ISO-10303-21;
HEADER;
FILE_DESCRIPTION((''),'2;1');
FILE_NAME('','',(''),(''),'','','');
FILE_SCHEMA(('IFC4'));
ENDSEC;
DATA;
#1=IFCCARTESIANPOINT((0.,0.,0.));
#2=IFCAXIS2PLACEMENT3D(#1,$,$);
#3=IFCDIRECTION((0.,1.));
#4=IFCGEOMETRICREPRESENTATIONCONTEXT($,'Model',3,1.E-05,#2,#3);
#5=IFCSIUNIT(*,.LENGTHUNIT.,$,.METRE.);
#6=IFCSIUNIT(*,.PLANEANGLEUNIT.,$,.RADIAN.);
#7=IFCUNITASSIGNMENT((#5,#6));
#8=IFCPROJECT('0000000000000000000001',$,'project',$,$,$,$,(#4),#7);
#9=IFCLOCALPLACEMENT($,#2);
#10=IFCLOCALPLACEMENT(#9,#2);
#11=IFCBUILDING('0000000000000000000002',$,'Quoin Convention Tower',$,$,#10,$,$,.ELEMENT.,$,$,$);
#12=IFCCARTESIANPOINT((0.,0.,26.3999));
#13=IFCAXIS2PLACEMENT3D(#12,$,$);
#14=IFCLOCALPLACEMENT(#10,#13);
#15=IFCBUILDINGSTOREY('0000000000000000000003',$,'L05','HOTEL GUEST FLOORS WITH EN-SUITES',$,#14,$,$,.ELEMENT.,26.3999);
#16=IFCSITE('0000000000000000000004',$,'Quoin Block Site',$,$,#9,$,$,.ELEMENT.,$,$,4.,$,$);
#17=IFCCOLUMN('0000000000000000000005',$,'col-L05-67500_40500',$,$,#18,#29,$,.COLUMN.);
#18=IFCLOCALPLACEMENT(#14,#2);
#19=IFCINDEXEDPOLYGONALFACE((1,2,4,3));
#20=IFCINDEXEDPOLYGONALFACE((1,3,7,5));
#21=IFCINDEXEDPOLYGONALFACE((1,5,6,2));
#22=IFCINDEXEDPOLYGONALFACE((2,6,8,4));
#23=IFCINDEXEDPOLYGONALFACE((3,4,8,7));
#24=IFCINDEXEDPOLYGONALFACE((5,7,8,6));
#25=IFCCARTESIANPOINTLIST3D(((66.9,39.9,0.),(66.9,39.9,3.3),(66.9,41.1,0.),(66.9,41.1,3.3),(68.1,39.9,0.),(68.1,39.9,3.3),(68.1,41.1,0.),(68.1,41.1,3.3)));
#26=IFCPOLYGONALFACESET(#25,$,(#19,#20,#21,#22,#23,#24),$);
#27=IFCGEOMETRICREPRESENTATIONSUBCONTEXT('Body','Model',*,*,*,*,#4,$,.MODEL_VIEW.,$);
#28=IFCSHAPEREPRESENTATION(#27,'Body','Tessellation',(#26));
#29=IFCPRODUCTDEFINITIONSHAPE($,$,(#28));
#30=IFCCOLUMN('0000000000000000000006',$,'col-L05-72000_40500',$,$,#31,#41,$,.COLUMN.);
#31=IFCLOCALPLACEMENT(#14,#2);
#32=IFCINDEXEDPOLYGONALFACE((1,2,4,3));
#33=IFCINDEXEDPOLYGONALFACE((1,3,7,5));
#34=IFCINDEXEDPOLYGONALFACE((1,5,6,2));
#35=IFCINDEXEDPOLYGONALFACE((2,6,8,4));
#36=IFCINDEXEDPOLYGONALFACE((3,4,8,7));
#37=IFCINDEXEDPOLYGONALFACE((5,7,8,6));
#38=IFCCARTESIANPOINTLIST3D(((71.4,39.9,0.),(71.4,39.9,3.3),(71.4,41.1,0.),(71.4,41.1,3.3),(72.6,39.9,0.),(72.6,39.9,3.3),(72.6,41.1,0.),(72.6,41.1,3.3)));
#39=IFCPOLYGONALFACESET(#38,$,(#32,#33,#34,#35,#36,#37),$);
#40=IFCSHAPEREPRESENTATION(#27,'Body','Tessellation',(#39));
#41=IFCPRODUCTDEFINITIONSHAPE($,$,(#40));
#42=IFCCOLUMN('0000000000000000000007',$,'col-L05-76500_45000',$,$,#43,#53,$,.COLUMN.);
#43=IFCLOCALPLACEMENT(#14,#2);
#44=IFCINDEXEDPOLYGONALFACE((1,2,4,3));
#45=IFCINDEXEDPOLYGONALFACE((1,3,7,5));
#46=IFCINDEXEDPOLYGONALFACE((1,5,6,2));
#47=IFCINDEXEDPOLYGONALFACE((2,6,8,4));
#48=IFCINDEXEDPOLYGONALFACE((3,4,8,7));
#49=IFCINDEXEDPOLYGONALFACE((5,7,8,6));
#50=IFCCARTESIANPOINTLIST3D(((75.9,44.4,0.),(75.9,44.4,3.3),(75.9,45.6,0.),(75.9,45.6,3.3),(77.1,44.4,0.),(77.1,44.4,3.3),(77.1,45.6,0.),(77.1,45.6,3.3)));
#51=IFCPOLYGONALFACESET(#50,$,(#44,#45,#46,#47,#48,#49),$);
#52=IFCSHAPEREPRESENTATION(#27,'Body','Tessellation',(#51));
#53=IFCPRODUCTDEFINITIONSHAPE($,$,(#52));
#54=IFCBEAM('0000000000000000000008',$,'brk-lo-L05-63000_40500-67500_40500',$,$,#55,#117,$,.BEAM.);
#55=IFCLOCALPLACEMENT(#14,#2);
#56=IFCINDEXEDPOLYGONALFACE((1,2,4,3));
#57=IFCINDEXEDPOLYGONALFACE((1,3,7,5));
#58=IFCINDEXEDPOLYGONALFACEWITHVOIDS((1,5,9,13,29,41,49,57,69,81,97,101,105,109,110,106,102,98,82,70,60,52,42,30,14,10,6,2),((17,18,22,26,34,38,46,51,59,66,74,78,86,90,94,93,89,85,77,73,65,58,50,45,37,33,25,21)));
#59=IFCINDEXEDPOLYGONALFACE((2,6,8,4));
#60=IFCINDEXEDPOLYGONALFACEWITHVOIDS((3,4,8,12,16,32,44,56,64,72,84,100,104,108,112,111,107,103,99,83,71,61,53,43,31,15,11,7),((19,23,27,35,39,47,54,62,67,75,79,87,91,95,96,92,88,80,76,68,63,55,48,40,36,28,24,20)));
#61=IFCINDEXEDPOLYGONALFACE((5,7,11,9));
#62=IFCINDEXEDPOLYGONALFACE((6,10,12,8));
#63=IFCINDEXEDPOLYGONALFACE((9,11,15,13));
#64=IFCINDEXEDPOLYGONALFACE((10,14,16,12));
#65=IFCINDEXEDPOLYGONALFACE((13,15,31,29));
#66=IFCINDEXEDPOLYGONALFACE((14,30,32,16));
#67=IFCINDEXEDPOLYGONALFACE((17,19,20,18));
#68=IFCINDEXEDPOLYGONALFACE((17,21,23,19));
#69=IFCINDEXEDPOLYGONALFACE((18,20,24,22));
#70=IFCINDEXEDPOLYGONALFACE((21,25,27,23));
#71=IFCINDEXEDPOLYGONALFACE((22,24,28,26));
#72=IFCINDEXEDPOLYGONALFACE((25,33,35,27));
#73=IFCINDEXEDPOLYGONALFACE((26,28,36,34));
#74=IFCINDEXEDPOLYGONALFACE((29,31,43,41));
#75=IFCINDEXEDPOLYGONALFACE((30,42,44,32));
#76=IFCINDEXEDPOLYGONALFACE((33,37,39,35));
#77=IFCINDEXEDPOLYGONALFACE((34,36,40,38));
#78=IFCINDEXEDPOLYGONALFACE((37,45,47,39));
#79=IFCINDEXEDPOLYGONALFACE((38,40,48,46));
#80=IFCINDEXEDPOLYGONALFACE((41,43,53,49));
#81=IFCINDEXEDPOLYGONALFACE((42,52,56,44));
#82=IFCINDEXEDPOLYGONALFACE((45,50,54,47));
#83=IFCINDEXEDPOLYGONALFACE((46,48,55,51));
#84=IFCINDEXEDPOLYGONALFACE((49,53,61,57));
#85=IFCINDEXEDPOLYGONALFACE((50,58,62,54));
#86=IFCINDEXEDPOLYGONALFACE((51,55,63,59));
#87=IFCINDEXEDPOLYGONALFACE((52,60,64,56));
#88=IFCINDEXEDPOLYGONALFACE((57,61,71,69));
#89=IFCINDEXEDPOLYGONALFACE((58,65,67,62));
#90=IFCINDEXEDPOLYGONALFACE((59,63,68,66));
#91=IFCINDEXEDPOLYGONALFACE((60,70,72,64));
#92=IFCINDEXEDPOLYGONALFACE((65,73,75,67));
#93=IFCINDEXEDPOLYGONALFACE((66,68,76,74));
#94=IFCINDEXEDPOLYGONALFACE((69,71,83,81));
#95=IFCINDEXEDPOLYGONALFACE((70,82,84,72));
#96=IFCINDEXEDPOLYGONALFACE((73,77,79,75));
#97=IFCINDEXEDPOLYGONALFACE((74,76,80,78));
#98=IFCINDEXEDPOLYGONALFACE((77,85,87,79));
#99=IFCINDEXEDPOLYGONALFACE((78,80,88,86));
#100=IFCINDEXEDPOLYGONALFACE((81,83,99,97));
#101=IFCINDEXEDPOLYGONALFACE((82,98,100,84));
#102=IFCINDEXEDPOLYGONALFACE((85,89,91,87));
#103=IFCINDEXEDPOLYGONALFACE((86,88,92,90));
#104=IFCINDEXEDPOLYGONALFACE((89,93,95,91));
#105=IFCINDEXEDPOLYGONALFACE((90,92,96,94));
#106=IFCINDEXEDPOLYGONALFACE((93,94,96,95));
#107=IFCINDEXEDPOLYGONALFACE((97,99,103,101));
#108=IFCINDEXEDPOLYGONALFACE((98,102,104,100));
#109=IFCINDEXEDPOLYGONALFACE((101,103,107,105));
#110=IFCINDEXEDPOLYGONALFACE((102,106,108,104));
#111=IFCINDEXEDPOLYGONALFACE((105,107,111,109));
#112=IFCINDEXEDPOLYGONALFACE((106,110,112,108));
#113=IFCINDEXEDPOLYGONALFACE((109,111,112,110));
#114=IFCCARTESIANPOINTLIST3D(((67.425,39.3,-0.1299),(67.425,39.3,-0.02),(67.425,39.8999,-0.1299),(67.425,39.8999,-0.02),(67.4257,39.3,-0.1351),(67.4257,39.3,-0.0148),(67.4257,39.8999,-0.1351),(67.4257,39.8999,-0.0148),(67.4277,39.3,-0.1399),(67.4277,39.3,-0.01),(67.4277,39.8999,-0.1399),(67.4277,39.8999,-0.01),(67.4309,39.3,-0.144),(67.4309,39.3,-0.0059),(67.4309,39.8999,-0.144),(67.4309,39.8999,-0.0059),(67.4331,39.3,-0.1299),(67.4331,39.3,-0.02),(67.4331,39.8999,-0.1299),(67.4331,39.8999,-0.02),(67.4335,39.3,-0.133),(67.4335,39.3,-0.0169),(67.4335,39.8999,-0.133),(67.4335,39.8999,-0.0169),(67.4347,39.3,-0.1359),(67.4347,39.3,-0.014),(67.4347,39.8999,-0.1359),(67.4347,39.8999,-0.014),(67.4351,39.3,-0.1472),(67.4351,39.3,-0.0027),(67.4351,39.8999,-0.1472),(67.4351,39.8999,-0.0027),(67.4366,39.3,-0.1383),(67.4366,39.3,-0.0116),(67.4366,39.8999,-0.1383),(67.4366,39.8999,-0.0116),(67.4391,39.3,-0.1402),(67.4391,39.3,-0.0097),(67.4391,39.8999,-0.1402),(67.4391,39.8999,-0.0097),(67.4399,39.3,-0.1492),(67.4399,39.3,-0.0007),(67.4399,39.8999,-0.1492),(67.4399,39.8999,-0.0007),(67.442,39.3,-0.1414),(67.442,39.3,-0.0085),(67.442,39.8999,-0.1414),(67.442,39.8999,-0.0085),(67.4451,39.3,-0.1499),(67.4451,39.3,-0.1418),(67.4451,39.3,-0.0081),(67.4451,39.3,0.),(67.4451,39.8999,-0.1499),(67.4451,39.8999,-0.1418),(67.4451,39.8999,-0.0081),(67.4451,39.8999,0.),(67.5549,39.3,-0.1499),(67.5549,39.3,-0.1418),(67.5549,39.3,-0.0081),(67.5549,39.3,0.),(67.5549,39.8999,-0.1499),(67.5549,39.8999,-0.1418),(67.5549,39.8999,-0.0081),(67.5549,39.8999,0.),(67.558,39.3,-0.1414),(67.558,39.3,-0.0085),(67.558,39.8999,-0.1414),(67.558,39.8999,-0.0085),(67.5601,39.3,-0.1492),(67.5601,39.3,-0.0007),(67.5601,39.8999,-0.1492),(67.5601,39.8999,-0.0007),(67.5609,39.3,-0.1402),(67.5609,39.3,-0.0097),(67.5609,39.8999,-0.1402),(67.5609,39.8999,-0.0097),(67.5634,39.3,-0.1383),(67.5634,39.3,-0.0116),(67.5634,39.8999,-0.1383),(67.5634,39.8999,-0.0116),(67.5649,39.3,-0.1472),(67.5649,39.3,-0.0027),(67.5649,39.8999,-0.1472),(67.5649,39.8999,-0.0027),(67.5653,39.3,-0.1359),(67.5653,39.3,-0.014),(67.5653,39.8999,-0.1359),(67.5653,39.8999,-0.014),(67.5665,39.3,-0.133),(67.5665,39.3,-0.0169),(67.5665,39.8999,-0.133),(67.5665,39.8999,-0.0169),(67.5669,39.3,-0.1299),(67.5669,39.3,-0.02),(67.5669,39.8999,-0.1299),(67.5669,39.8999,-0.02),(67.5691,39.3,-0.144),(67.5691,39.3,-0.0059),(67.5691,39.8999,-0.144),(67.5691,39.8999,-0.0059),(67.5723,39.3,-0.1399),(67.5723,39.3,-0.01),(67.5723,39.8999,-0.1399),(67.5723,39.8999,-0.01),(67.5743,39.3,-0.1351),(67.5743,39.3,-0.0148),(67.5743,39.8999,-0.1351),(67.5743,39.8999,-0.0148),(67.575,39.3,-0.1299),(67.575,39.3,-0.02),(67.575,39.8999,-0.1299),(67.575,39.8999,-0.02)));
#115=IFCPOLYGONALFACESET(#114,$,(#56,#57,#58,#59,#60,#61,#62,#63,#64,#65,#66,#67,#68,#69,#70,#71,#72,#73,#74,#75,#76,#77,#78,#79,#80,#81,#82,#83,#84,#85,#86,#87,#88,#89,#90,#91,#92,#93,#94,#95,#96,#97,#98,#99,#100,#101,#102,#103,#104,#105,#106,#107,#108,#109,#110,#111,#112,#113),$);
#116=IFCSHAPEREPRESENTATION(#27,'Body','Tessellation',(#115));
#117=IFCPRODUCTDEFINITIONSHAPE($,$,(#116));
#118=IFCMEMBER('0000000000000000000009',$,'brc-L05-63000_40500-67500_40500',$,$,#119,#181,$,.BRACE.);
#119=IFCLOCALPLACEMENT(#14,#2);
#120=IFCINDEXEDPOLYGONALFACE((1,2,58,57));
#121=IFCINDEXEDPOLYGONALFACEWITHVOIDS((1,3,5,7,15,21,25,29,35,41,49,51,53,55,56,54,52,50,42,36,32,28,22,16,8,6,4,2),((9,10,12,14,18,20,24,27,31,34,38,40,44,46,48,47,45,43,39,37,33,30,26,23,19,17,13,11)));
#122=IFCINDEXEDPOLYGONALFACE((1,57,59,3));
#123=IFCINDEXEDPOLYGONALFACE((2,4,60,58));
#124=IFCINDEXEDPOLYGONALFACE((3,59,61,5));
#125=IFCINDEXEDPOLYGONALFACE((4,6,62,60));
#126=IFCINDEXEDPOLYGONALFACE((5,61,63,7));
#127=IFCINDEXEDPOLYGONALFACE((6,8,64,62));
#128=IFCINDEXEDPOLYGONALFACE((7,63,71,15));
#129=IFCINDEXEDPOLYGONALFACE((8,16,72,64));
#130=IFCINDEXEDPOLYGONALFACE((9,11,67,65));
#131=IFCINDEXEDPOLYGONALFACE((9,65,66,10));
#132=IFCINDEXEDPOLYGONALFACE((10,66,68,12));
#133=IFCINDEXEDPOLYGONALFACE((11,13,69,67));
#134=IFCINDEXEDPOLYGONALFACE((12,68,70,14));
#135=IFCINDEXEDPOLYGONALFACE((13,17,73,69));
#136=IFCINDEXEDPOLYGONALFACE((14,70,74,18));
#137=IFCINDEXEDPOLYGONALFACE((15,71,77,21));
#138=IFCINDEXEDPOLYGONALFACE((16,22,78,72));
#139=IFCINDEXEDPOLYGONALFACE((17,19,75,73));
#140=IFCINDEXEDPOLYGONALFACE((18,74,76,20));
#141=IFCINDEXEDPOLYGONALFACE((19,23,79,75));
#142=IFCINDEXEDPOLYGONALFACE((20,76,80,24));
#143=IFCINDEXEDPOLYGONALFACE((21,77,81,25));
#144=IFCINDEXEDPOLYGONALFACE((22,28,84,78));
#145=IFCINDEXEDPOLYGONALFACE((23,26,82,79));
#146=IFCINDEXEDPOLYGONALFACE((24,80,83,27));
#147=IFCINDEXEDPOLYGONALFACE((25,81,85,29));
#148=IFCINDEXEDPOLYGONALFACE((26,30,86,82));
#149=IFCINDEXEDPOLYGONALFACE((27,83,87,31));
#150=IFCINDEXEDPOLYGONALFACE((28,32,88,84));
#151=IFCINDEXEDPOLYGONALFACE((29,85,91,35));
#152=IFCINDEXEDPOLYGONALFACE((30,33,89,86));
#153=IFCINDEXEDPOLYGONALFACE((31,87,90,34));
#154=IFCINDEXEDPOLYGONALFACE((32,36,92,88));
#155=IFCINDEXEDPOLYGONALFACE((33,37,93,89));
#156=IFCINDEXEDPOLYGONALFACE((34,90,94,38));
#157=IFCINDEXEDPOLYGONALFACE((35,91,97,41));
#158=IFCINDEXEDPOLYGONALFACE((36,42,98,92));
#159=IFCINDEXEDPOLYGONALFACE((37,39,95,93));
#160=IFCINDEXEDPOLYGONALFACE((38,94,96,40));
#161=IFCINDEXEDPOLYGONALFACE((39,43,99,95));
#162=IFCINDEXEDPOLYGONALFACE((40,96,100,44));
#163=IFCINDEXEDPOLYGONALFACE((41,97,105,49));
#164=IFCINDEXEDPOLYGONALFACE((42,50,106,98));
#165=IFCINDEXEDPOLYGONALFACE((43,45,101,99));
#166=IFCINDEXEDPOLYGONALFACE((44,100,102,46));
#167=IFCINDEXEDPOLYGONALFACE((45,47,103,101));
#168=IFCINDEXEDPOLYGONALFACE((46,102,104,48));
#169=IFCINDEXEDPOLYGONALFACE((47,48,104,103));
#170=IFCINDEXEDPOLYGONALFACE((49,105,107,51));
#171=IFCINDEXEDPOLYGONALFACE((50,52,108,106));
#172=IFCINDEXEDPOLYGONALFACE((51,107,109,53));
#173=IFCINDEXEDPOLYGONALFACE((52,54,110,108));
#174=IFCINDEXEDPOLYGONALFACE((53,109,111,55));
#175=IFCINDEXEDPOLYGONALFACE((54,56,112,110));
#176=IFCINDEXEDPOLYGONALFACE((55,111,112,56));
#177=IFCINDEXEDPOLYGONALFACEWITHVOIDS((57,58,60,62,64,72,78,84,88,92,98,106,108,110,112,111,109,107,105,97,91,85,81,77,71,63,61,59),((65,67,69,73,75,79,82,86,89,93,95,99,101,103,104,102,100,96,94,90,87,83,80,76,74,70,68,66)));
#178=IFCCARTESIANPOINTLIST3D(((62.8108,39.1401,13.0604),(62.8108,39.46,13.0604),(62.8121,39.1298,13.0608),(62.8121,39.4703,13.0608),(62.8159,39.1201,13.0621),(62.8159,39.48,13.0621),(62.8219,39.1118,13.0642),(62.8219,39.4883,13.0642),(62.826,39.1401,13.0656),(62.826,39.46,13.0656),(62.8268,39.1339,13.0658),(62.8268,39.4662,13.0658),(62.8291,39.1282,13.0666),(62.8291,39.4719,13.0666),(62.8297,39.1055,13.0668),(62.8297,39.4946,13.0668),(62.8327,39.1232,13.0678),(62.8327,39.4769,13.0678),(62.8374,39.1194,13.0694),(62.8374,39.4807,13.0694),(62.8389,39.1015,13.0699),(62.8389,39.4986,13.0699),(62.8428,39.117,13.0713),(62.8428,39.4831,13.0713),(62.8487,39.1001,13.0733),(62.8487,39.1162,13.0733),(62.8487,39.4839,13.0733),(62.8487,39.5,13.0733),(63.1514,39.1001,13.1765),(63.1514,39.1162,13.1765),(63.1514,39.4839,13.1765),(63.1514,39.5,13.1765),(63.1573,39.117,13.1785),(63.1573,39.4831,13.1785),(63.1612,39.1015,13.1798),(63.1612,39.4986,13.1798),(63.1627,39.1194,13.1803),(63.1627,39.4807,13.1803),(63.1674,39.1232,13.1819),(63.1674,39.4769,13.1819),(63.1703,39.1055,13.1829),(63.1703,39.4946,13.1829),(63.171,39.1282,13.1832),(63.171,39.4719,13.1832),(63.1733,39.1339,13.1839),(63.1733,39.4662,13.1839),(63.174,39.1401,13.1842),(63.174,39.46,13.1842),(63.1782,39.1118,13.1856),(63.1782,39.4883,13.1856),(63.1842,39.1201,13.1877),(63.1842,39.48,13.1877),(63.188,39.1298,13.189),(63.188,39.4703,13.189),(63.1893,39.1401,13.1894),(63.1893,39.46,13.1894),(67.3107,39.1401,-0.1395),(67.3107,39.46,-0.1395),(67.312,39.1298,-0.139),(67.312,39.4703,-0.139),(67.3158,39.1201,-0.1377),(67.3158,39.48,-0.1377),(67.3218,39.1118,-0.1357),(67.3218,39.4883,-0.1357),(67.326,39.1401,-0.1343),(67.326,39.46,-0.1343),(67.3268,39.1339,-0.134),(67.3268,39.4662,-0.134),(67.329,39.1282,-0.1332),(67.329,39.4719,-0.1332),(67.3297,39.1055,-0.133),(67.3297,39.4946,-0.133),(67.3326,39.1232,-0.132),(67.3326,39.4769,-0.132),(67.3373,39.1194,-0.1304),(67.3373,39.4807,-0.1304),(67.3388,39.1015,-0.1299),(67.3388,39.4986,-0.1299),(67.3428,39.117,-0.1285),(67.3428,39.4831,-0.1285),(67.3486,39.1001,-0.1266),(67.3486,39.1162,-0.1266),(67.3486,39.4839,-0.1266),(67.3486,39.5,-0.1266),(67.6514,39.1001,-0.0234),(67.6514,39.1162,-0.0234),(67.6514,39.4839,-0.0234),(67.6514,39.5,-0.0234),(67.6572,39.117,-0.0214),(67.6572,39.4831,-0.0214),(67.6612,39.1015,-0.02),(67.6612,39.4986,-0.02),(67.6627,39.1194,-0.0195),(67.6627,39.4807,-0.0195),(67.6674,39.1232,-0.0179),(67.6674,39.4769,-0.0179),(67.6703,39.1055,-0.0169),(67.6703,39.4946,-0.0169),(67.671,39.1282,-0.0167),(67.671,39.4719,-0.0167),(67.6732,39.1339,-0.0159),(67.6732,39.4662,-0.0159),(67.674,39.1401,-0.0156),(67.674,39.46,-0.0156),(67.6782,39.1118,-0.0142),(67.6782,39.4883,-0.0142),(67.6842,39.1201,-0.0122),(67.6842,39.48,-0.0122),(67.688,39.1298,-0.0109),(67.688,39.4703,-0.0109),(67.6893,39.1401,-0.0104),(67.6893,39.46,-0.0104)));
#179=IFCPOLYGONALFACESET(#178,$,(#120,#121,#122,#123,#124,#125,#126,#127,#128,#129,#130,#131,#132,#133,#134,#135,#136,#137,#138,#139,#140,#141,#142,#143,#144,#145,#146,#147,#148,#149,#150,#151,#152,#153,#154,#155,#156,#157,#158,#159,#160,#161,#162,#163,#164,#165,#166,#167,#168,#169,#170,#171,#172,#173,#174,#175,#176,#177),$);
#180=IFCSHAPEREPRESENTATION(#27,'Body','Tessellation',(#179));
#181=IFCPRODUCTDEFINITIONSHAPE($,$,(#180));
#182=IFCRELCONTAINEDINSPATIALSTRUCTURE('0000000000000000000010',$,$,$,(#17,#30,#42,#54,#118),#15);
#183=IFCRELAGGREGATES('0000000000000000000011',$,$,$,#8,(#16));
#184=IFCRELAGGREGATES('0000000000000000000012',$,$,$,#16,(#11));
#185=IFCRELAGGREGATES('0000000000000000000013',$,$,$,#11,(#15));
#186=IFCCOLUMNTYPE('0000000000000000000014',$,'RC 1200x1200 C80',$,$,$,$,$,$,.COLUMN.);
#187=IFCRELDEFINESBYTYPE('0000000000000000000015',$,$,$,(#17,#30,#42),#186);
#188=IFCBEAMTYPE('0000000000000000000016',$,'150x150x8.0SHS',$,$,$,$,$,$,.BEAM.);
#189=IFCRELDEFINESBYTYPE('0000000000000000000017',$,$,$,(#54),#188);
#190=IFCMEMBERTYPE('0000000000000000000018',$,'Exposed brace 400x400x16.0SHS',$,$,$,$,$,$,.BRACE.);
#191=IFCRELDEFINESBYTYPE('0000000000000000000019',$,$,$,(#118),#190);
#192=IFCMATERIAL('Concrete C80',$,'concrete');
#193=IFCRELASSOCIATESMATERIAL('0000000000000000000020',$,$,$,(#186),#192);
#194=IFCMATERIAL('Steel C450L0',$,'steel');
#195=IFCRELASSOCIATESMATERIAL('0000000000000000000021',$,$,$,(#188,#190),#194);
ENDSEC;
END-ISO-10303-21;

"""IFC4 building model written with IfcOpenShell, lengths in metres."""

from ifc_helpers import new_model, si_unit, direction, frame, origin, origin_2d, place, context, subcontext, project, spatial, rectangle, hollow_rectangle, extrude, material, material_profile, profile_set, type_object, element, save


model = new_model("IFC4")

# Units and contexts
model_context = context("Model", 3, precision=1e-05, world=origin(), true_north=direction((0.0, 1.0)))
body_context = subcontext(model_context, "Body", "Model", "MODEL_VIEW")
ifc_project = project(units=[si_unit("LENGTHUNIT", "METRE"), si_unit("PLANEANGLEUNIT", "RADIAN")], contexts=[model_context])

# Site, building, storey
site_placement = place(None, origin())
site = spatial("IfcSite", under=ifc_project, at=site_placement, Name="Quoin Block Site", CompositionType="ELEMENT", RefElevation=4.0)
building_placement = place(site_placement, origin())
building = spatial("IfcBuilding", under=site, at=building_placement, Name="Quoin Convention Tower", CompositionType="ELEMENT")
storey_placement = place(building_placement, frame((0.0, 0.0, 26.3999)))
storey = spatial("IfcBuildingStorey", under=building, at=storey_placement, Name="L05", Description="HOTEL GUEST FLOORS WITH EN-SUITES", CompositionType="ELEMENT", Elevation=26.3999)

# Columns
ifc_material_1 = material(Name="Concrete C80", Category="concrete")
ifc_material_profile_1 = material_profile(ifc_material_1, rectangle(XDim=1.2, YDim=1.2, at=origin_2d()), Name="RC 1200x1200")
ifc_profile_set_1 = profile_set([ifc_material_profile_1], Name="Concrete C80")
column_type = type_object("IfcColumnType", Name="RC 1200x1200 C80", PredefinedType="COLUMN", material=ifc_profile_set_1)
for number, where, z_axis, x_axis, name in (
    (1, (67.5, 40.5, 0.0), (0.0, 0.0, 1.0), (1.0, 0.0, 0.0), "col-L05-67500_40500"),
    (2, (72.0, 40.5, 0.0), (0.0, 0.0, 1.0), (1.0, 0.0, 0.0), "col-L05-72000_40500"),
    (3, (76.5, 45.0, 0.0), (0.0, 0.0, 1.0), (1.0, 0.0, 0.0), "col-L05-76500_45000"),
):
    element("IfcColumn", number, at=place(storey_placement, frame(where, z_axis=z_axis, x_axis=x_axis)), inside=storey, type_object=column_type, Name=name, PredefinedType="COLUMN", context=body_context, shape_type="SweptSolid", body=[
        extrude(rectangle(XDim=1.2, YDim=1.2, at=origin_2d()), origin(), (0.0, 0.0, 1.0), 3.3),
    ])

# Beam
ifc_material_2 = material(Name="Steel C450L0", Category="steel")
ifc_material_profile_2 = material_profile(ifc_material_2, hollow_rectangle(XDim=0.1499, YDim=0.1499, WallThickness=0.0081, InnerFilletRadius=0.012, OuterFilletRadius=0.02, at=origin_2d()), Name="150x150x8.0SHS")
ifc_profile_set_2 = profile_set([ifc_material_profile_2], Name="Steel C450L0")
beam_type_1 = type_object("IfcBeamType", Name="150x150x8.0SHS", PredefinedType="BEAM", material=ifc_profile_set_2)
beam_1_placement = place(storey_placement, frame((67.5, 39.8999, -0.075), z_axis=(0.0, -1.0, 0.0), x_axis=(1.0, 0.0, 0.0)))
element("IfcBeam", 4, at=beam_1_placement, inside=storey, type_object=beam_type_1, Name="brk-lo-L05-63000_40500-67500_40500", PredefinedType="BEAM", context=body_context, shape_type="SweptSolid", body=[
    extrude(hollow_rectangle(XDim=0.1499, YDim=0.1499, WallThickness=0.0081, InnerFilletRadius=0.012, OuterFilletRadius=0.02, at=origin_2d()), origin(), (0.0, 0.0, 1.0), 0.5999),
])

# Member
ifc_material_profile_3 = material_profile(ifc_material_2, hollow_rectangle(XDim=0.3999, YDim=0.3999, WallThickness=0.0161, InnerFilletRadius=0.0239, OuterFilletRadius=0.04, at=origin_2d()), Name="400x400x16.0SHS")
ifc_profile_set_3 = profile_set([ifc_material_profile_3], Name="Steel C450L0")
member_type = type_object("IfcMemberType", Name="Exposed brace 400x400x16.0SHS", PredefinedType="BRACE", material=ifc_profile_set_3)
for number, where, z_axis, x_axis, name in (
    (5, (67.5, 39.3, -0.075), (-0.322675, 0.0, 0.94651), (0.0, -1.0, 0.0), "brc-L05-63000_40500-67500_40500"),
):
    element("IfcMember", number, at=place(storey_placement, frame(where, z_axis=z_axis, x_axis=x_axis)), inside=storey, type_object=member_type, Name=name, PredefinedType="BRACE", context=body_context, shape_type="SweptSolid", body=[
        extrude(hollow_rectangle(XDim=0.3999, YDim=0.3999, WallThickness=0.0161, InnerFilletRadius=0.0239, OuterFilletRadius=0.04, at=origin_2d()), origin(), (0.0, 0.0, 1.0), 13.9458),
    ])

save(model, "model.ifc")
